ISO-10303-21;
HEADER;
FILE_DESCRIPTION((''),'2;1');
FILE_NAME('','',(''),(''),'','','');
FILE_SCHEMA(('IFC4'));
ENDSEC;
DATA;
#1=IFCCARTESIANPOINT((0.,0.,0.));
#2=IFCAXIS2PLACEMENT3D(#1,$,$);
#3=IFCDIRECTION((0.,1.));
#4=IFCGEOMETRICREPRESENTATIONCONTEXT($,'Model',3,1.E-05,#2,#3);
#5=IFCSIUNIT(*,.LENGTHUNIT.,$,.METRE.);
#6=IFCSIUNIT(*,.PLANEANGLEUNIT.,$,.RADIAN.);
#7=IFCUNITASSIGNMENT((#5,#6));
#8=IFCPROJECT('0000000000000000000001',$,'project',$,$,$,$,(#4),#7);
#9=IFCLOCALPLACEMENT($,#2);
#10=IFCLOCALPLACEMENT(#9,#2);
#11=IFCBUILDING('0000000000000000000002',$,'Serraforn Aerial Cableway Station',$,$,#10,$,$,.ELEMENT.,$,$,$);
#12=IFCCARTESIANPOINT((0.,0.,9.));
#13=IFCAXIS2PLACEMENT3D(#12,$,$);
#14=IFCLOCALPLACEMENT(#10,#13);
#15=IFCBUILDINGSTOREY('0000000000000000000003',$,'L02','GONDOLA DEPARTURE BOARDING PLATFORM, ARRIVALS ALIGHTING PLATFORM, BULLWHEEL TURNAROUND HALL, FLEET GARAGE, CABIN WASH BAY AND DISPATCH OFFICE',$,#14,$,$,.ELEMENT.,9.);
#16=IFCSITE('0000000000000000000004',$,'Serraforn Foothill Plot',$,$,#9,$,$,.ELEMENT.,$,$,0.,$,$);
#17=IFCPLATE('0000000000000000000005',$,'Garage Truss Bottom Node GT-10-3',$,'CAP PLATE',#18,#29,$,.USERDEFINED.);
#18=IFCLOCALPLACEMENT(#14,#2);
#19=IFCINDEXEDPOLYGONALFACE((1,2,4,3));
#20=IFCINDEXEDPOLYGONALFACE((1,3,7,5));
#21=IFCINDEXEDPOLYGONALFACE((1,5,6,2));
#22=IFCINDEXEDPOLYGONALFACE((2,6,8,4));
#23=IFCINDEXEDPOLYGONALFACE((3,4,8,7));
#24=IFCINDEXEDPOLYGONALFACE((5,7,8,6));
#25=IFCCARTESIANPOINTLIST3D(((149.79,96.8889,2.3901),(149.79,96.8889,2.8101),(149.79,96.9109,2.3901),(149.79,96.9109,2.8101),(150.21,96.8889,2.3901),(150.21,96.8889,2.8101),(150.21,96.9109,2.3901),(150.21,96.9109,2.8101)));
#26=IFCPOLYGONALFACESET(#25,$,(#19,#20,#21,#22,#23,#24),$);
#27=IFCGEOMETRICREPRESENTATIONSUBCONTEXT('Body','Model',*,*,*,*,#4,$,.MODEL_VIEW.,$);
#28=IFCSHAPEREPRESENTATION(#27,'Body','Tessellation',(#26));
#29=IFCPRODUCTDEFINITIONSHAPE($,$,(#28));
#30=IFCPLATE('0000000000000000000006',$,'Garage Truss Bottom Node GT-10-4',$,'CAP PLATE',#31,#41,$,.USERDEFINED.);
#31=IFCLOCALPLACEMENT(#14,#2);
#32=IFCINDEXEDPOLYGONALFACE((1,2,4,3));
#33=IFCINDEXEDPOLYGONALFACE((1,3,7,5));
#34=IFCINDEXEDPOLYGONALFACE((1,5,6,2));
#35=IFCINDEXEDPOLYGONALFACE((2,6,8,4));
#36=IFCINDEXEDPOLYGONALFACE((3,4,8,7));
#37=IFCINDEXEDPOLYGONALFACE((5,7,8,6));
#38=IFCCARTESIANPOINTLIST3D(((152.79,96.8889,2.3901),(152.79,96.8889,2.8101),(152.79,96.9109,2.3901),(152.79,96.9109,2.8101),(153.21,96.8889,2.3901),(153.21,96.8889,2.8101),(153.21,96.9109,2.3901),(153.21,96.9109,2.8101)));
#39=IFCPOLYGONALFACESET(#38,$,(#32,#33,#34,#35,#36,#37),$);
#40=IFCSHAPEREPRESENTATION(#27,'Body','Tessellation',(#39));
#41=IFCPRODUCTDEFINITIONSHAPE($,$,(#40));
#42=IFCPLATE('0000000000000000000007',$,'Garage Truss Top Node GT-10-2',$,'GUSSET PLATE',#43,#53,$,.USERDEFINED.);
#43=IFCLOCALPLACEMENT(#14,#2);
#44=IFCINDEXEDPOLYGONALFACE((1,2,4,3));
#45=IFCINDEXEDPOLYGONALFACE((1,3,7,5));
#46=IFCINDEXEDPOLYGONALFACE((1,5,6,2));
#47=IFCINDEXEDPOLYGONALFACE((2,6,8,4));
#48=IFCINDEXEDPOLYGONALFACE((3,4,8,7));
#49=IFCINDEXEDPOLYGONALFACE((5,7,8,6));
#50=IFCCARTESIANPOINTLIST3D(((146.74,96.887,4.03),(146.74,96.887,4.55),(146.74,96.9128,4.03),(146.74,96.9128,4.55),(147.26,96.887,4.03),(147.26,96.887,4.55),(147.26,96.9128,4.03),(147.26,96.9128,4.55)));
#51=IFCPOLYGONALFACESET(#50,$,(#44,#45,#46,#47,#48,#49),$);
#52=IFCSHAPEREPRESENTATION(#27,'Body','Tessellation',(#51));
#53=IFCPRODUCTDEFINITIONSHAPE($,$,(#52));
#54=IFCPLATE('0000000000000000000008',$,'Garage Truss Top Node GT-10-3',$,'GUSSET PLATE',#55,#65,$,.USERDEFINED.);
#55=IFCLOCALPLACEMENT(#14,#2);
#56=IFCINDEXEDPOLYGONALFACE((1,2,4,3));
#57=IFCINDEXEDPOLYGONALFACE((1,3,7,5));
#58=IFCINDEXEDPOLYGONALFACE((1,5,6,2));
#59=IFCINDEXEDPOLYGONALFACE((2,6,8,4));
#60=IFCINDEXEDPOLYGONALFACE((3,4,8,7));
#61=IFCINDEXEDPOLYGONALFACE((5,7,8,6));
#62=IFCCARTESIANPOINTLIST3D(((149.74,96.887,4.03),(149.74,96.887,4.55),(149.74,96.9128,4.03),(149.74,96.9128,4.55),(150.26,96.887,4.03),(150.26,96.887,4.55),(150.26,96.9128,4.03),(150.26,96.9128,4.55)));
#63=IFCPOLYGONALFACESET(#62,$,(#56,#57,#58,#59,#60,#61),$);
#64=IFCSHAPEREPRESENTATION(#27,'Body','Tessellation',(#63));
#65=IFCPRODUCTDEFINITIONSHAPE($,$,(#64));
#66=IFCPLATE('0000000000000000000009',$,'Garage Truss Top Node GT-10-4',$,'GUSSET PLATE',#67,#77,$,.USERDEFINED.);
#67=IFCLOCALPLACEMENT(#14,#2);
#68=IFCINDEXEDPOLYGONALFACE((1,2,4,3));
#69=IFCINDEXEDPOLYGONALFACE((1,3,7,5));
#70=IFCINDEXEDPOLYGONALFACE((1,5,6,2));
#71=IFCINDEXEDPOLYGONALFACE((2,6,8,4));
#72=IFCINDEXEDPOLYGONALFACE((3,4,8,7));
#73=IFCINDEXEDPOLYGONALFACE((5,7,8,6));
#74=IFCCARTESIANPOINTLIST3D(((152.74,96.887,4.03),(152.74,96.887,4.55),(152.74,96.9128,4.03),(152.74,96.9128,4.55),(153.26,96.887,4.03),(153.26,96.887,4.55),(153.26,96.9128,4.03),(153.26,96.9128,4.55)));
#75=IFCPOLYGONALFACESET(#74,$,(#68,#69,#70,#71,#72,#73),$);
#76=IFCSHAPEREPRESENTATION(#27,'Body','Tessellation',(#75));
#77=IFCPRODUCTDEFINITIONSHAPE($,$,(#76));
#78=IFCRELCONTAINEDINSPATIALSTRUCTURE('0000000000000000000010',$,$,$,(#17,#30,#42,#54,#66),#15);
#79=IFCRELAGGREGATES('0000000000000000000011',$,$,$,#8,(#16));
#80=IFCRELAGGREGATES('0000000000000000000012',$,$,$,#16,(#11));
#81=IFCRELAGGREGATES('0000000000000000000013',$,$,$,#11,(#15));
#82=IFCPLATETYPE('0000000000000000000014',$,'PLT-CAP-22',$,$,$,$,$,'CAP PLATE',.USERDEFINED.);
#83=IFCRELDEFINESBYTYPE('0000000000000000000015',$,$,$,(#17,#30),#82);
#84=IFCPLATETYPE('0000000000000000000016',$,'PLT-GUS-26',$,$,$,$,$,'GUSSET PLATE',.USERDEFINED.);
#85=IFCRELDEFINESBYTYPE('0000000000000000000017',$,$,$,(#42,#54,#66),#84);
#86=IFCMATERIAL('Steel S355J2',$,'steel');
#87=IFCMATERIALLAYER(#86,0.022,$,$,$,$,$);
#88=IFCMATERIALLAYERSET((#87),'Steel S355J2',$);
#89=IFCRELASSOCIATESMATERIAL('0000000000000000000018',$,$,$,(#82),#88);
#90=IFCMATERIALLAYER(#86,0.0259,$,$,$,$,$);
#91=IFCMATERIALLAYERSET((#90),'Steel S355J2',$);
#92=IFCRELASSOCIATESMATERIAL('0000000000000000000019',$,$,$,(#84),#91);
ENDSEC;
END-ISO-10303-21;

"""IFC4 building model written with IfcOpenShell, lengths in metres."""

from ifc_helpers import new_model, si_unit, direction, frame, origin, origin_2d, place, context, subcontext, project, spatial, rectangle, extrude, material, layer, layer_set, type_object, element, save


model = new_model("IFC4")

# Units and contexts
model_context = context("Model", 3, precision=1e-05, world=origin(), true_north=direction((0.0, 1.0)))
body_context = subcontext(model_context, "Body", "Model", "MODEL_VIEW")
ifc_project = project(units=[si_unit("LENGTHUNIT", "METRE"), si_unit("PLANEANGLEUNIT", "RADIAN")], contexts=[model_context])

# Site, building, storey
site_placement = place(None, origin())
site = spatial("IfcSite", under=ifc_project, at=site_placement, Name="Serraforn Foothill Plot", CompositionType="ELEMENT", RefElevation=0.0)
building_placement = place(site_placement, origin())
building = spatial("IfcBuilding", under=site, at=building_placement, Name="Serraforn Aerial Cableway Station", CompositionType="ELEMENT")
storey_placement = place(building_placement, frame((0.0, 0.0, 9.0)))
storey = spatial("IfcBuildingStorey", under=building, at=storey_placement, Name="L02", Description="GONDOLA DEPARTURE BOARDING PLATFORM, ARRIVALS ALIGHTING PLATFORM, BULLWHEEL TURNAROUND HALL, FLEET GARAGE, CABIN WASH BAY AND DISPATCH OFFICE", CompositionType="ELEMENT", Elevation=9.0)

# Shared definitions
ifc_material_1 = material(Name="Steel S355J2", Category="steel")

# Plates
ifc_layer_1 = layer(ifc_material_1, 0.022)
ifc_layer_set_1 = layer_set([ifc_layer_1], Name="Steel S355J2")
plate_type_1 = type_object("IfcPlateType", Name="PLT-CAP-22", ElementType="CAP PLATE", PredefinedType="USERDEFINED", material=ifc_layer_set_1)
for number, where, z_axis, x_axis, name in (
    (1, (150.0, 96.8999, 2.3901), (0.0, 0.0, 1.0), (1.0, 0.0, 0.0), "Garage Truss Bottom Node GT-10-3"),
    (2, (153.0, 96.8999, 2.3901), (0.0, 0.0, 1.0), (1.0, 0.0, 0.0), "Garage Truss Bottom Node GT-10-4"),
):
    element("IfcPlate", number, at=place(storey_placement, frame(where, z_axis=z_axis, x_axis=x_axis)), inside=storey, type_object=plate_type_1, Name=name, ObjectType="CAP PLATE", PredefinedType="USERDEFINED", context=body_context, shape_type="SweptSolid", body=[
        extrude(rectangle(XDim=0.4199, YDim=0.022, at=origin_2d()), origin(), (0.0, 0.0, 1.0), 0.4199),
    ])
ifc_layer_2 = layer(ifc_material_1, 0.0259)
ifc_layer_set_2 = layer_set([ifc_layer_2], Name="Steel S355J2")
plate_type_2 = type_object("IfcPlateType", Name="PLT-GUS-26", ElementType="GUSSET PLATE", PredefinedType="USERDEFINED", material=ifc_layer_set_2)
for number, where, z_axis, x_axis, name in (
    (3, (147.0, 96.8999, 4.03), (0.0, 0.0, 1.0), (1.0, 0.0, 0.0), "Garage Truss Top Node GT-10-2"),
    (4, (150.0, 96.8999, 4.03), (0.0, 0.0, 1.0), (1.0, 0.0, 0.0), "Garage Truss Top Node GT-10-3"),
    (5, (153.0, 96.8999, 4.03), (0.0, 0.0, 1.0), (1.0, 0.0, 0.0), "Garage Truss Top Node GT-10-4"),
):
    element("IfcPlate", number, at=place(storey_placement, frame(where, z_axis=z_axis, x_axis=x_axis)), inside=storey, type_object=plate_type_2, Name=name, ObjectType="GUSSET PLATE", PredefinedType="USERDEFINED", context=body_context, shape_type="SweptSolid", body=[
        extrude(rectangle(XDim=0.52, YDim=0.0259, at=origin_2d()), origin(), (0.0, 0.0, 1.0), 0.52),
    ])

save(model, "model.ifc")
